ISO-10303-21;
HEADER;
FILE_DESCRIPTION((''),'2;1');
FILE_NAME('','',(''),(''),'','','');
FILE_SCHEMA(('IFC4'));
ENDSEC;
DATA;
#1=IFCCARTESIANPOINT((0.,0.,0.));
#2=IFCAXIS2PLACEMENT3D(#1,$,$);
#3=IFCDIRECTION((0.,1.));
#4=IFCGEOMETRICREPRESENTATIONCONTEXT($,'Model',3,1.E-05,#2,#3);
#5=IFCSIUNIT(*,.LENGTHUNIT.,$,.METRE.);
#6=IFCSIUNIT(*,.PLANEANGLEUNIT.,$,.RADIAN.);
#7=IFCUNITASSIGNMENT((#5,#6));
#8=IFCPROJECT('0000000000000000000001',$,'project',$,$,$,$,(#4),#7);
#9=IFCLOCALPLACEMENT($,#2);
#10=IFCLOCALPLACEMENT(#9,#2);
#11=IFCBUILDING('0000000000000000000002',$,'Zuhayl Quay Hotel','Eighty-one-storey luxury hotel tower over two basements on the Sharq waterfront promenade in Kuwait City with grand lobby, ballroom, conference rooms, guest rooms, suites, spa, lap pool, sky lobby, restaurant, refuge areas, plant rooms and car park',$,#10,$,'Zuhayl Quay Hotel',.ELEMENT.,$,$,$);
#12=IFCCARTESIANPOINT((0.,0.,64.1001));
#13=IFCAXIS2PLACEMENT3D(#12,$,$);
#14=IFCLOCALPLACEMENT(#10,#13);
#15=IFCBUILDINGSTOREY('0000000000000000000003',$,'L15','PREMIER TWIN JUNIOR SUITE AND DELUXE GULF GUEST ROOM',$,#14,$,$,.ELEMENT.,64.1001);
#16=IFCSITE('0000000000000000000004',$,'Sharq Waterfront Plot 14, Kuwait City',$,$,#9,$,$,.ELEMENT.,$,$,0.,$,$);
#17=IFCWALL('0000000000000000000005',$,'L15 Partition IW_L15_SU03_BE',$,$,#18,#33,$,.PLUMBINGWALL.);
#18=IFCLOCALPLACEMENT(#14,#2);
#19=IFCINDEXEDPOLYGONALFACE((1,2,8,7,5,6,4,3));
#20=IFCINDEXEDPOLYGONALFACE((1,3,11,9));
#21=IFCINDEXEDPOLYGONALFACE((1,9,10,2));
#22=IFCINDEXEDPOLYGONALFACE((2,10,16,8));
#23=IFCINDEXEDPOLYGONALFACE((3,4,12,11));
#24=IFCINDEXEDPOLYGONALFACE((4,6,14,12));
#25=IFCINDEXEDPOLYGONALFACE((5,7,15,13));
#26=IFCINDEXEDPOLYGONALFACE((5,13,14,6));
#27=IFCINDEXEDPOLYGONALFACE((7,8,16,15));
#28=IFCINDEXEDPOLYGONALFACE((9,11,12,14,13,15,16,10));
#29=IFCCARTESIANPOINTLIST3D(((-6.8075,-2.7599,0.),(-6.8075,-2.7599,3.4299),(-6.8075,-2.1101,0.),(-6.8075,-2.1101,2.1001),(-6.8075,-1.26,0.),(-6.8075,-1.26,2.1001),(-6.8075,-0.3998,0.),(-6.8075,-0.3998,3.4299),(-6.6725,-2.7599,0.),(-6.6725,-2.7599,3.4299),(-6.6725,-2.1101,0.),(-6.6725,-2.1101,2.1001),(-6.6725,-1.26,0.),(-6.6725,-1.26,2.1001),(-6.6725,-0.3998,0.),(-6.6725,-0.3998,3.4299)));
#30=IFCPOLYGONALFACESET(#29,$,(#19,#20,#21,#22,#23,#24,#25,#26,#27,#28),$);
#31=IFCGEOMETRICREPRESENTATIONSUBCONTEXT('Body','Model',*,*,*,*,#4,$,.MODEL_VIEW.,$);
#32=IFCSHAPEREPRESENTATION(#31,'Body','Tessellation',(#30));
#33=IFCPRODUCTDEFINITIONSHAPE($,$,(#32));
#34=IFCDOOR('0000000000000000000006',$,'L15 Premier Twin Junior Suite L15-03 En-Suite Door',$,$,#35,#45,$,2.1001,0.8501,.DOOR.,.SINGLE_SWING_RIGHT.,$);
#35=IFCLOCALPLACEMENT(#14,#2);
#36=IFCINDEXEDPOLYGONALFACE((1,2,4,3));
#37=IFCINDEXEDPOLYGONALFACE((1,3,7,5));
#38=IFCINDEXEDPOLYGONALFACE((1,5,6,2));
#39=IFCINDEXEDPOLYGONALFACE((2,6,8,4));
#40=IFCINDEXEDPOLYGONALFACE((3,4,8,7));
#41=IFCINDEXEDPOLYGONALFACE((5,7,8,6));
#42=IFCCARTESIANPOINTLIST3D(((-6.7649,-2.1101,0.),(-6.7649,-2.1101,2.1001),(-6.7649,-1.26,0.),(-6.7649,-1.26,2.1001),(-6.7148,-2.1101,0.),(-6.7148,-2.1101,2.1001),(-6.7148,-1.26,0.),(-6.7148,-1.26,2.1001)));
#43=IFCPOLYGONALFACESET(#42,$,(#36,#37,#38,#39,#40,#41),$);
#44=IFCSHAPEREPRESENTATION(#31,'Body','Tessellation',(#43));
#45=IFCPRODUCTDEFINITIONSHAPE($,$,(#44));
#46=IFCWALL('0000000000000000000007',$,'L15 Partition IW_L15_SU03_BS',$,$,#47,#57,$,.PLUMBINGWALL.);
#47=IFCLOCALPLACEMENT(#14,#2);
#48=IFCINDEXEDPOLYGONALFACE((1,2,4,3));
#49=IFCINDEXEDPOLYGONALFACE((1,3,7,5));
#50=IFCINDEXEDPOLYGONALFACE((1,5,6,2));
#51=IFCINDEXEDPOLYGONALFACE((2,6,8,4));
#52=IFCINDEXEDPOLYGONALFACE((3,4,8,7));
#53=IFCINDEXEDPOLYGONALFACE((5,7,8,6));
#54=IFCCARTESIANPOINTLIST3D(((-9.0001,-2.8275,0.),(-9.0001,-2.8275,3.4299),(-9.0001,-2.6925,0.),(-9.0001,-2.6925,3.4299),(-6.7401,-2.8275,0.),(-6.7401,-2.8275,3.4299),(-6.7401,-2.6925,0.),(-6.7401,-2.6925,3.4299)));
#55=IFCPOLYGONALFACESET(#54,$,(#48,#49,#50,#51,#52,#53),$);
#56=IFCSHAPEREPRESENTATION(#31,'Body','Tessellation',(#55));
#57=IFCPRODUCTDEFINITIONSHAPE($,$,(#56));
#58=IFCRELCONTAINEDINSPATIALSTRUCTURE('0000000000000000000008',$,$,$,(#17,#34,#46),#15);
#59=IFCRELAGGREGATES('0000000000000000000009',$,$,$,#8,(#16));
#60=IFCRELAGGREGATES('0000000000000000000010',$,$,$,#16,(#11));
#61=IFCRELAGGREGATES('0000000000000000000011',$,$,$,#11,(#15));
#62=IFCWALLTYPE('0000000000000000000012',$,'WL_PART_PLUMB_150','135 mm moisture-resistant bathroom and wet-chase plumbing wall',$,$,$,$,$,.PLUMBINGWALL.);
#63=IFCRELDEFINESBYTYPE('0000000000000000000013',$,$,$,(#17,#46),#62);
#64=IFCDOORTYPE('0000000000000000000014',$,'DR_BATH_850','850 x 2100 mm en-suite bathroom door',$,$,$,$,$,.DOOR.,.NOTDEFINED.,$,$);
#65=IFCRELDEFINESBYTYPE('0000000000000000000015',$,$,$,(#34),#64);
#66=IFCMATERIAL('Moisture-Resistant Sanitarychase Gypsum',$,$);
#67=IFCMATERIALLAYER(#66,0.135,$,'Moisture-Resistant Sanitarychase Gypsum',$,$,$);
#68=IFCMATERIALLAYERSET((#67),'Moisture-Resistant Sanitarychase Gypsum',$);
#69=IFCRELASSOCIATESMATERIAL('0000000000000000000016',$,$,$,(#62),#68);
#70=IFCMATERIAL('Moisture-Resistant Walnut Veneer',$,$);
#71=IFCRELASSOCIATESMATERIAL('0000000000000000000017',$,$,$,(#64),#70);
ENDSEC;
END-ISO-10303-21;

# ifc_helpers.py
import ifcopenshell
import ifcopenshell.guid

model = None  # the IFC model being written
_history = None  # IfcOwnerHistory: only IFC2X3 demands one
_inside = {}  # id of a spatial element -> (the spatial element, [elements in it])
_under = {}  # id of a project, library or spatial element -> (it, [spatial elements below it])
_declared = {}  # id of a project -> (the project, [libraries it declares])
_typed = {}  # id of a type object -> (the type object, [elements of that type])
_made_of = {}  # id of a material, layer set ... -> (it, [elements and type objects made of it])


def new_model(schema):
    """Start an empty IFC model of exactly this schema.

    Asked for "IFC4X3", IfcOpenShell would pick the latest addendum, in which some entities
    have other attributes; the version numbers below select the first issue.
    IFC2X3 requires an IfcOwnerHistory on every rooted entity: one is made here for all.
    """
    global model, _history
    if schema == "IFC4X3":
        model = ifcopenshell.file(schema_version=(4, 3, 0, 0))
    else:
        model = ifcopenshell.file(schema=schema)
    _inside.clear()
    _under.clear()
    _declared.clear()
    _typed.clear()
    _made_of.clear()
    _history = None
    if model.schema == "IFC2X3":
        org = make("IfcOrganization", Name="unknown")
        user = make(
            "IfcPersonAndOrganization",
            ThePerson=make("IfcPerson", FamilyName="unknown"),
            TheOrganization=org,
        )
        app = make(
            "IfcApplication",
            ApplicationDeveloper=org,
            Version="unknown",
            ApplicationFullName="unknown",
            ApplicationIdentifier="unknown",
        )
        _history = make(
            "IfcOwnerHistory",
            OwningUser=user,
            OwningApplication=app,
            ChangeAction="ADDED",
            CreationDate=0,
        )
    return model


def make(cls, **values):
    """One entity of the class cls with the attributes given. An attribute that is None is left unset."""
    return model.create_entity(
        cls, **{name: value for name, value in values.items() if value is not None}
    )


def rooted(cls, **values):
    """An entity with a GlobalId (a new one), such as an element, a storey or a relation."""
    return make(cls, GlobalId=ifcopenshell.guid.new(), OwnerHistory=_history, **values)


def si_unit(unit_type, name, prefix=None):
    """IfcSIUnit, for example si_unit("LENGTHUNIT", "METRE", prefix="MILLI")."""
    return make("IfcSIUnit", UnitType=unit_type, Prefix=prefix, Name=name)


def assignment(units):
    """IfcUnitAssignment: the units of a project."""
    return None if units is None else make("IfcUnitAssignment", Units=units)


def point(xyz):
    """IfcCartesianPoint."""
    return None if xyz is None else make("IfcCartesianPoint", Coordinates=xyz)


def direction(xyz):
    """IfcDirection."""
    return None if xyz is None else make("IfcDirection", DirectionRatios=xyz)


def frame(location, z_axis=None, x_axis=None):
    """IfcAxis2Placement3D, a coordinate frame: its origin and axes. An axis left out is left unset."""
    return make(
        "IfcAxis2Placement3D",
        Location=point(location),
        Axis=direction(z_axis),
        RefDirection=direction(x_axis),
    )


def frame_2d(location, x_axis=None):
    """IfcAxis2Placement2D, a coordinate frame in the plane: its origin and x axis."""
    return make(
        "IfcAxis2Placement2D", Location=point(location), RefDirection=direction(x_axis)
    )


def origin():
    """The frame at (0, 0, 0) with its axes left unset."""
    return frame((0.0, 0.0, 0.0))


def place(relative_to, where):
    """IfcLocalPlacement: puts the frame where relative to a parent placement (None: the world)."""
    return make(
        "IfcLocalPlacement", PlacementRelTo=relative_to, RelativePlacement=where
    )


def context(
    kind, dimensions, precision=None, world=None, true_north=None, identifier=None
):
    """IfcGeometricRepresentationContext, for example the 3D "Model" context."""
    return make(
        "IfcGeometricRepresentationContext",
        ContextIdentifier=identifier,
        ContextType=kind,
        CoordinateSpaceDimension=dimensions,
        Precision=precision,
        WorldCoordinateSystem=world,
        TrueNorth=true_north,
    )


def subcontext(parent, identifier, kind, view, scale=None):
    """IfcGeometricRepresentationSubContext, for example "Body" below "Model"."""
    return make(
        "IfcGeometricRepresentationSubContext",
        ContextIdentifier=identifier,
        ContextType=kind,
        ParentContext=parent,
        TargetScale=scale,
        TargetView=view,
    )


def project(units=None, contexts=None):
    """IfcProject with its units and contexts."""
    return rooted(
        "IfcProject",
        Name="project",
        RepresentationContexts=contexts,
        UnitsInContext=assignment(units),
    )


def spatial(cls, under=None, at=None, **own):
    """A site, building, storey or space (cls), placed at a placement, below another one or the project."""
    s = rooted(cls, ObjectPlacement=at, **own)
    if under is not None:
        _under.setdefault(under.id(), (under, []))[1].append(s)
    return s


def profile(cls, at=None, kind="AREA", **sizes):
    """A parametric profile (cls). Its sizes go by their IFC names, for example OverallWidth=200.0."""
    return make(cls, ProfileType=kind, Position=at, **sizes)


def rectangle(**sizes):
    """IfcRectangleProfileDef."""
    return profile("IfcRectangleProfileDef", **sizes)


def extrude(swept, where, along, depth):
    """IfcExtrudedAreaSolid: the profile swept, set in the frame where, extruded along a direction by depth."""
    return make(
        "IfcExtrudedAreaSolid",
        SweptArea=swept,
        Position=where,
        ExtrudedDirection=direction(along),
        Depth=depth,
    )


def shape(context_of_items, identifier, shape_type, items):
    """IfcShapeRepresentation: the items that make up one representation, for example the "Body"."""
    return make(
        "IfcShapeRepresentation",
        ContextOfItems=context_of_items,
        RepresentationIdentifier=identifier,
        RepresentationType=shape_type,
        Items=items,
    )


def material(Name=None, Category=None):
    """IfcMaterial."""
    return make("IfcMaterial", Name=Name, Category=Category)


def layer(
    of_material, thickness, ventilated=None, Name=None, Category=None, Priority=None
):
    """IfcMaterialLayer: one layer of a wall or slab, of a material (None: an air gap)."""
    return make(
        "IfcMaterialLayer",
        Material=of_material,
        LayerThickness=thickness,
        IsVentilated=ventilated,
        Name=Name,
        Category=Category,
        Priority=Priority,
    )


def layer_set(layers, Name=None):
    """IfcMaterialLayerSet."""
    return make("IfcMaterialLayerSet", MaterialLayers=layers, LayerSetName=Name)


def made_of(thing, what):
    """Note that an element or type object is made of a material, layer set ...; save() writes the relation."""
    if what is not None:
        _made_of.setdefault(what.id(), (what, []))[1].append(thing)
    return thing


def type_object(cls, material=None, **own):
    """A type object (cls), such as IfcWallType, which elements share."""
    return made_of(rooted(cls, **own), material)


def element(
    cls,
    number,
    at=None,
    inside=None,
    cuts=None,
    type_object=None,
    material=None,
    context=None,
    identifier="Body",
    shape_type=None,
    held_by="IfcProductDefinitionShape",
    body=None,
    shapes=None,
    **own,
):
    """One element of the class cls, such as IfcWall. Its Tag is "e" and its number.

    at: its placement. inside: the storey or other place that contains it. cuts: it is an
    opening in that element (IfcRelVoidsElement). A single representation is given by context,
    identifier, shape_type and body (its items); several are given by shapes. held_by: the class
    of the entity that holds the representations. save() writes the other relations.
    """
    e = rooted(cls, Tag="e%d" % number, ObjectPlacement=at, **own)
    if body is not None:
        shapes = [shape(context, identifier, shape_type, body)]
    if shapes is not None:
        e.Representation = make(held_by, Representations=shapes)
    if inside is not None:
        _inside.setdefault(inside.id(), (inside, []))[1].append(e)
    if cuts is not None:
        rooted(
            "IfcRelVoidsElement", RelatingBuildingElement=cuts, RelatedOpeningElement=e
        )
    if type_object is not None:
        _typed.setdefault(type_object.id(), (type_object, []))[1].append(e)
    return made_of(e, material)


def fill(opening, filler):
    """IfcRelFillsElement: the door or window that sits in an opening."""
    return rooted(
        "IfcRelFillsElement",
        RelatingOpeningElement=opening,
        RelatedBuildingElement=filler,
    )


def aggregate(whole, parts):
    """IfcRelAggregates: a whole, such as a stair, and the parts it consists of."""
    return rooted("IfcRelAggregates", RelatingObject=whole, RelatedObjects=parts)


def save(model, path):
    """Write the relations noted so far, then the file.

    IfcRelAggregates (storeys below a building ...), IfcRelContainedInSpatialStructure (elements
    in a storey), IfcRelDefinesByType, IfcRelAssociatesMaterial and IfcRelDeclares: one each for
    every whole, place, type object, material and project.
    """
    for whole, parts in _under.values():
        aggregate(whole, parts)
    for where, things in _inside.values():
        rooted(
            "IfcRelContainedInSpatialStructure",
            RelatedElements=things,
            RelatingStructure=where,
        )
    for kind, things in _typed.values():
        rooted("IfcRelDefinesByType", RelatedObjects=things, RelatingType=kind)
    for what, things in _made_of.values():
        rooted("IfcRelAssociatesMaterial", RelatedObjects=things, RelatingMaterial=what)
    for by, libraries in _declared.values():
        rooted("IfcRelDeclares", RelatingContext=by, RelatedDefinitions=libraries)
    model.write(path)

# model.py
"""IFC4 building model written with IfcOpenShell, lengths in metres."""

from ifc_helpers import new_model, si_unit, direction, frame, frame_2d, origin, place, context, subcontext, project, spatial, rectangle, extrude, material, layer, layer_set, type_object, element, fill, save


model = new_model("IFC4")

# Units and contexts
model_context = context("Model", 3, precision=1e-05, world=origin(), true_north=direction((0.0, 1.0)))
body_context = subcontext(model_context, "Body", "Model", "MODEL_VIEW")
ifc_project = project(units=[si_unit("LENGTHUNIT", "METRE"), si_unit("PLANEANGLEUNIT", "RADIAN")], contexts=[model_context])

# Site, building, storey
site_placement = place(None, origin())
site = spatial("IfcSite", under=ifc_project, at=site_placement, Name="Sharq Waterfront Plot 14, Kuwait City", CompositionType="ELEMENT", RefElevation=0.0)
building_placement = place(site_placement, origin())
building = spatial("IfcBuilding", under=site, at=building_placement, Name="Zuhayl Quay Hotel", Description="Eighty-one-storey luxury hotel tower over two basements on the Sharq waterfront promenade in Kuwait City with grand lobby, ballroom, conference rooms, guest rooms, suites, spa, lap pool, sky lobby, restaurant, refuge areas, plant rooms and car park", LongName="Zuhayl Quay Hotel", CompositionType="ELEMENT")
storey_placement = place(building_placement, frame((0.0, 0.0, 64.1001)))
storey = spatial("IfcBuildingStorey", under=building, at=storey_placement, Name="L15", Description="PREMIER TWIN JUNIOR SUITE AND DELUXE GULF GUEST ROOM", CompositionType="ELEMENT", Elevation=64.1001)

# Wall, opening, door
ifc_material_1 = material(Name="Moisture-Resistant Sanitarychase Gypsum")
ifc_layer_1 = layer(ifc_material_1, 0.135, Name="Moisture-Resistant Sanitarychase Gypsum")
ifc_layer_set_1 = layer_set([ifc_layer_1], Name="Moisture-Resistant Sanitarychase Gypsum")
wall_type_1 = type_object("IfcWallType", Name="WL_PART_PLUMB_150", Description="135 mm moisture-resistant bathroom and wet-chase plumbing wall", PredefinedType="PLUMBINGWALL", material=ifc_layer_set_1)
ifc_material_2 = material(Name="Moisture-Resistant Walnut Veneer")
door_type_1 = type_object("IfcDoorType", Name="DR_BATH_850", Description="850 x 2100 mm en-suite bathroom door", OperationType="NOTDEFINED", PredefinedType="DOOR", material=ifc_material_2)
wall_1_placement = place(storey_placement, frame((-6.74, -2.76, 0.0), z_axis=(0.0, 0.0, 1.0), x_axis=(0.0, 1.0, 0.0)))
wall_1 = element("IfcWall", 1, at=wall_1_placement, inside=storey, type_object=wall_type_1, Name="L15 Partition IW_L15_SU03_BE", PredefinedType="PLUMBINGWALL", context=body_context, shape_type="SweptSolid", body=[
    extrude(rectangle(XDim=2.3601, YDim=0.135, at=frame_2d((1.1802, 0.0))), origin(), (0.0, 0.0, 1.0), 3.4299),
])
opening_1_placement = place(wall_1_placement, frame((0.6499, 0.0, 0.0)))
opening_1 = element("IfcOpeningElement", 2, at=opening_1_placement, cuts=wall_1, PredefinedType="OPENING", context=body_context, shape_type="SweptSolid", body=[
    extrude(rectangle(XDim=0.8501, YDim=2.1001, at=frame_2d((0.425, 1.05))), frame((0.0, 0.0774, 0.0), z_axis=(0.0, -1.0, 0.0), x_axis=(1.0, 0.0, 0.0)), (0.0, 0.0, 1.0), 0.155),
])
door_1_placement = place(opening_1_placement, origin())
door_1 = element("IfcDoor", 3, at=door_1_placement, inside=storey, type_object=door_type_1, Name="L15 Premier Twin Junior Suite L15-03 En-Suite Door", OperationType="SINGLE_SWING_RIGHT", OverallHeight=2.1001, OverallWidth=0.8501, PredefinedType="DOOR", context=body_context, shape_type="SweptSolid", body=[
    extrude(rectangle(XDim=0.8501, YDim=2.1001, at=frame_2d((0.425, 1.05))), frame((0.0, 0.0249, 0.0), z_axis=(0.0, -1.0, 0.0), x_axis=(1.0, 0.0, 0.0)), (0.0, 0.0, 1.0), 0.05),
])
fill(opening_1, door_1)

# Wall
wall_2_placement = place(storey_placement, frame((-9.0, -2.76, 0.0), z_axis=(0.0, 0.0, 1.0), x_axis=(1.0, 0.0, 0.0)))
element("IfcWall", 4, at=wall_2_placement, inside=storey, type_object=wall_type_1, Name="L15 Partition IW_L15_SU03_BS", PredefinedType="PLUMBINGWALL", context=body_context, shape_type="SweptSolid", body=[
    extrude(rectangle(XDim=2.26, YDim=0.135, at=frame_2d((1.1299, 0.0))), origin(), (0.0, 0.0, 1.0), 3.4299),
])

save(model, "model.ifc")
